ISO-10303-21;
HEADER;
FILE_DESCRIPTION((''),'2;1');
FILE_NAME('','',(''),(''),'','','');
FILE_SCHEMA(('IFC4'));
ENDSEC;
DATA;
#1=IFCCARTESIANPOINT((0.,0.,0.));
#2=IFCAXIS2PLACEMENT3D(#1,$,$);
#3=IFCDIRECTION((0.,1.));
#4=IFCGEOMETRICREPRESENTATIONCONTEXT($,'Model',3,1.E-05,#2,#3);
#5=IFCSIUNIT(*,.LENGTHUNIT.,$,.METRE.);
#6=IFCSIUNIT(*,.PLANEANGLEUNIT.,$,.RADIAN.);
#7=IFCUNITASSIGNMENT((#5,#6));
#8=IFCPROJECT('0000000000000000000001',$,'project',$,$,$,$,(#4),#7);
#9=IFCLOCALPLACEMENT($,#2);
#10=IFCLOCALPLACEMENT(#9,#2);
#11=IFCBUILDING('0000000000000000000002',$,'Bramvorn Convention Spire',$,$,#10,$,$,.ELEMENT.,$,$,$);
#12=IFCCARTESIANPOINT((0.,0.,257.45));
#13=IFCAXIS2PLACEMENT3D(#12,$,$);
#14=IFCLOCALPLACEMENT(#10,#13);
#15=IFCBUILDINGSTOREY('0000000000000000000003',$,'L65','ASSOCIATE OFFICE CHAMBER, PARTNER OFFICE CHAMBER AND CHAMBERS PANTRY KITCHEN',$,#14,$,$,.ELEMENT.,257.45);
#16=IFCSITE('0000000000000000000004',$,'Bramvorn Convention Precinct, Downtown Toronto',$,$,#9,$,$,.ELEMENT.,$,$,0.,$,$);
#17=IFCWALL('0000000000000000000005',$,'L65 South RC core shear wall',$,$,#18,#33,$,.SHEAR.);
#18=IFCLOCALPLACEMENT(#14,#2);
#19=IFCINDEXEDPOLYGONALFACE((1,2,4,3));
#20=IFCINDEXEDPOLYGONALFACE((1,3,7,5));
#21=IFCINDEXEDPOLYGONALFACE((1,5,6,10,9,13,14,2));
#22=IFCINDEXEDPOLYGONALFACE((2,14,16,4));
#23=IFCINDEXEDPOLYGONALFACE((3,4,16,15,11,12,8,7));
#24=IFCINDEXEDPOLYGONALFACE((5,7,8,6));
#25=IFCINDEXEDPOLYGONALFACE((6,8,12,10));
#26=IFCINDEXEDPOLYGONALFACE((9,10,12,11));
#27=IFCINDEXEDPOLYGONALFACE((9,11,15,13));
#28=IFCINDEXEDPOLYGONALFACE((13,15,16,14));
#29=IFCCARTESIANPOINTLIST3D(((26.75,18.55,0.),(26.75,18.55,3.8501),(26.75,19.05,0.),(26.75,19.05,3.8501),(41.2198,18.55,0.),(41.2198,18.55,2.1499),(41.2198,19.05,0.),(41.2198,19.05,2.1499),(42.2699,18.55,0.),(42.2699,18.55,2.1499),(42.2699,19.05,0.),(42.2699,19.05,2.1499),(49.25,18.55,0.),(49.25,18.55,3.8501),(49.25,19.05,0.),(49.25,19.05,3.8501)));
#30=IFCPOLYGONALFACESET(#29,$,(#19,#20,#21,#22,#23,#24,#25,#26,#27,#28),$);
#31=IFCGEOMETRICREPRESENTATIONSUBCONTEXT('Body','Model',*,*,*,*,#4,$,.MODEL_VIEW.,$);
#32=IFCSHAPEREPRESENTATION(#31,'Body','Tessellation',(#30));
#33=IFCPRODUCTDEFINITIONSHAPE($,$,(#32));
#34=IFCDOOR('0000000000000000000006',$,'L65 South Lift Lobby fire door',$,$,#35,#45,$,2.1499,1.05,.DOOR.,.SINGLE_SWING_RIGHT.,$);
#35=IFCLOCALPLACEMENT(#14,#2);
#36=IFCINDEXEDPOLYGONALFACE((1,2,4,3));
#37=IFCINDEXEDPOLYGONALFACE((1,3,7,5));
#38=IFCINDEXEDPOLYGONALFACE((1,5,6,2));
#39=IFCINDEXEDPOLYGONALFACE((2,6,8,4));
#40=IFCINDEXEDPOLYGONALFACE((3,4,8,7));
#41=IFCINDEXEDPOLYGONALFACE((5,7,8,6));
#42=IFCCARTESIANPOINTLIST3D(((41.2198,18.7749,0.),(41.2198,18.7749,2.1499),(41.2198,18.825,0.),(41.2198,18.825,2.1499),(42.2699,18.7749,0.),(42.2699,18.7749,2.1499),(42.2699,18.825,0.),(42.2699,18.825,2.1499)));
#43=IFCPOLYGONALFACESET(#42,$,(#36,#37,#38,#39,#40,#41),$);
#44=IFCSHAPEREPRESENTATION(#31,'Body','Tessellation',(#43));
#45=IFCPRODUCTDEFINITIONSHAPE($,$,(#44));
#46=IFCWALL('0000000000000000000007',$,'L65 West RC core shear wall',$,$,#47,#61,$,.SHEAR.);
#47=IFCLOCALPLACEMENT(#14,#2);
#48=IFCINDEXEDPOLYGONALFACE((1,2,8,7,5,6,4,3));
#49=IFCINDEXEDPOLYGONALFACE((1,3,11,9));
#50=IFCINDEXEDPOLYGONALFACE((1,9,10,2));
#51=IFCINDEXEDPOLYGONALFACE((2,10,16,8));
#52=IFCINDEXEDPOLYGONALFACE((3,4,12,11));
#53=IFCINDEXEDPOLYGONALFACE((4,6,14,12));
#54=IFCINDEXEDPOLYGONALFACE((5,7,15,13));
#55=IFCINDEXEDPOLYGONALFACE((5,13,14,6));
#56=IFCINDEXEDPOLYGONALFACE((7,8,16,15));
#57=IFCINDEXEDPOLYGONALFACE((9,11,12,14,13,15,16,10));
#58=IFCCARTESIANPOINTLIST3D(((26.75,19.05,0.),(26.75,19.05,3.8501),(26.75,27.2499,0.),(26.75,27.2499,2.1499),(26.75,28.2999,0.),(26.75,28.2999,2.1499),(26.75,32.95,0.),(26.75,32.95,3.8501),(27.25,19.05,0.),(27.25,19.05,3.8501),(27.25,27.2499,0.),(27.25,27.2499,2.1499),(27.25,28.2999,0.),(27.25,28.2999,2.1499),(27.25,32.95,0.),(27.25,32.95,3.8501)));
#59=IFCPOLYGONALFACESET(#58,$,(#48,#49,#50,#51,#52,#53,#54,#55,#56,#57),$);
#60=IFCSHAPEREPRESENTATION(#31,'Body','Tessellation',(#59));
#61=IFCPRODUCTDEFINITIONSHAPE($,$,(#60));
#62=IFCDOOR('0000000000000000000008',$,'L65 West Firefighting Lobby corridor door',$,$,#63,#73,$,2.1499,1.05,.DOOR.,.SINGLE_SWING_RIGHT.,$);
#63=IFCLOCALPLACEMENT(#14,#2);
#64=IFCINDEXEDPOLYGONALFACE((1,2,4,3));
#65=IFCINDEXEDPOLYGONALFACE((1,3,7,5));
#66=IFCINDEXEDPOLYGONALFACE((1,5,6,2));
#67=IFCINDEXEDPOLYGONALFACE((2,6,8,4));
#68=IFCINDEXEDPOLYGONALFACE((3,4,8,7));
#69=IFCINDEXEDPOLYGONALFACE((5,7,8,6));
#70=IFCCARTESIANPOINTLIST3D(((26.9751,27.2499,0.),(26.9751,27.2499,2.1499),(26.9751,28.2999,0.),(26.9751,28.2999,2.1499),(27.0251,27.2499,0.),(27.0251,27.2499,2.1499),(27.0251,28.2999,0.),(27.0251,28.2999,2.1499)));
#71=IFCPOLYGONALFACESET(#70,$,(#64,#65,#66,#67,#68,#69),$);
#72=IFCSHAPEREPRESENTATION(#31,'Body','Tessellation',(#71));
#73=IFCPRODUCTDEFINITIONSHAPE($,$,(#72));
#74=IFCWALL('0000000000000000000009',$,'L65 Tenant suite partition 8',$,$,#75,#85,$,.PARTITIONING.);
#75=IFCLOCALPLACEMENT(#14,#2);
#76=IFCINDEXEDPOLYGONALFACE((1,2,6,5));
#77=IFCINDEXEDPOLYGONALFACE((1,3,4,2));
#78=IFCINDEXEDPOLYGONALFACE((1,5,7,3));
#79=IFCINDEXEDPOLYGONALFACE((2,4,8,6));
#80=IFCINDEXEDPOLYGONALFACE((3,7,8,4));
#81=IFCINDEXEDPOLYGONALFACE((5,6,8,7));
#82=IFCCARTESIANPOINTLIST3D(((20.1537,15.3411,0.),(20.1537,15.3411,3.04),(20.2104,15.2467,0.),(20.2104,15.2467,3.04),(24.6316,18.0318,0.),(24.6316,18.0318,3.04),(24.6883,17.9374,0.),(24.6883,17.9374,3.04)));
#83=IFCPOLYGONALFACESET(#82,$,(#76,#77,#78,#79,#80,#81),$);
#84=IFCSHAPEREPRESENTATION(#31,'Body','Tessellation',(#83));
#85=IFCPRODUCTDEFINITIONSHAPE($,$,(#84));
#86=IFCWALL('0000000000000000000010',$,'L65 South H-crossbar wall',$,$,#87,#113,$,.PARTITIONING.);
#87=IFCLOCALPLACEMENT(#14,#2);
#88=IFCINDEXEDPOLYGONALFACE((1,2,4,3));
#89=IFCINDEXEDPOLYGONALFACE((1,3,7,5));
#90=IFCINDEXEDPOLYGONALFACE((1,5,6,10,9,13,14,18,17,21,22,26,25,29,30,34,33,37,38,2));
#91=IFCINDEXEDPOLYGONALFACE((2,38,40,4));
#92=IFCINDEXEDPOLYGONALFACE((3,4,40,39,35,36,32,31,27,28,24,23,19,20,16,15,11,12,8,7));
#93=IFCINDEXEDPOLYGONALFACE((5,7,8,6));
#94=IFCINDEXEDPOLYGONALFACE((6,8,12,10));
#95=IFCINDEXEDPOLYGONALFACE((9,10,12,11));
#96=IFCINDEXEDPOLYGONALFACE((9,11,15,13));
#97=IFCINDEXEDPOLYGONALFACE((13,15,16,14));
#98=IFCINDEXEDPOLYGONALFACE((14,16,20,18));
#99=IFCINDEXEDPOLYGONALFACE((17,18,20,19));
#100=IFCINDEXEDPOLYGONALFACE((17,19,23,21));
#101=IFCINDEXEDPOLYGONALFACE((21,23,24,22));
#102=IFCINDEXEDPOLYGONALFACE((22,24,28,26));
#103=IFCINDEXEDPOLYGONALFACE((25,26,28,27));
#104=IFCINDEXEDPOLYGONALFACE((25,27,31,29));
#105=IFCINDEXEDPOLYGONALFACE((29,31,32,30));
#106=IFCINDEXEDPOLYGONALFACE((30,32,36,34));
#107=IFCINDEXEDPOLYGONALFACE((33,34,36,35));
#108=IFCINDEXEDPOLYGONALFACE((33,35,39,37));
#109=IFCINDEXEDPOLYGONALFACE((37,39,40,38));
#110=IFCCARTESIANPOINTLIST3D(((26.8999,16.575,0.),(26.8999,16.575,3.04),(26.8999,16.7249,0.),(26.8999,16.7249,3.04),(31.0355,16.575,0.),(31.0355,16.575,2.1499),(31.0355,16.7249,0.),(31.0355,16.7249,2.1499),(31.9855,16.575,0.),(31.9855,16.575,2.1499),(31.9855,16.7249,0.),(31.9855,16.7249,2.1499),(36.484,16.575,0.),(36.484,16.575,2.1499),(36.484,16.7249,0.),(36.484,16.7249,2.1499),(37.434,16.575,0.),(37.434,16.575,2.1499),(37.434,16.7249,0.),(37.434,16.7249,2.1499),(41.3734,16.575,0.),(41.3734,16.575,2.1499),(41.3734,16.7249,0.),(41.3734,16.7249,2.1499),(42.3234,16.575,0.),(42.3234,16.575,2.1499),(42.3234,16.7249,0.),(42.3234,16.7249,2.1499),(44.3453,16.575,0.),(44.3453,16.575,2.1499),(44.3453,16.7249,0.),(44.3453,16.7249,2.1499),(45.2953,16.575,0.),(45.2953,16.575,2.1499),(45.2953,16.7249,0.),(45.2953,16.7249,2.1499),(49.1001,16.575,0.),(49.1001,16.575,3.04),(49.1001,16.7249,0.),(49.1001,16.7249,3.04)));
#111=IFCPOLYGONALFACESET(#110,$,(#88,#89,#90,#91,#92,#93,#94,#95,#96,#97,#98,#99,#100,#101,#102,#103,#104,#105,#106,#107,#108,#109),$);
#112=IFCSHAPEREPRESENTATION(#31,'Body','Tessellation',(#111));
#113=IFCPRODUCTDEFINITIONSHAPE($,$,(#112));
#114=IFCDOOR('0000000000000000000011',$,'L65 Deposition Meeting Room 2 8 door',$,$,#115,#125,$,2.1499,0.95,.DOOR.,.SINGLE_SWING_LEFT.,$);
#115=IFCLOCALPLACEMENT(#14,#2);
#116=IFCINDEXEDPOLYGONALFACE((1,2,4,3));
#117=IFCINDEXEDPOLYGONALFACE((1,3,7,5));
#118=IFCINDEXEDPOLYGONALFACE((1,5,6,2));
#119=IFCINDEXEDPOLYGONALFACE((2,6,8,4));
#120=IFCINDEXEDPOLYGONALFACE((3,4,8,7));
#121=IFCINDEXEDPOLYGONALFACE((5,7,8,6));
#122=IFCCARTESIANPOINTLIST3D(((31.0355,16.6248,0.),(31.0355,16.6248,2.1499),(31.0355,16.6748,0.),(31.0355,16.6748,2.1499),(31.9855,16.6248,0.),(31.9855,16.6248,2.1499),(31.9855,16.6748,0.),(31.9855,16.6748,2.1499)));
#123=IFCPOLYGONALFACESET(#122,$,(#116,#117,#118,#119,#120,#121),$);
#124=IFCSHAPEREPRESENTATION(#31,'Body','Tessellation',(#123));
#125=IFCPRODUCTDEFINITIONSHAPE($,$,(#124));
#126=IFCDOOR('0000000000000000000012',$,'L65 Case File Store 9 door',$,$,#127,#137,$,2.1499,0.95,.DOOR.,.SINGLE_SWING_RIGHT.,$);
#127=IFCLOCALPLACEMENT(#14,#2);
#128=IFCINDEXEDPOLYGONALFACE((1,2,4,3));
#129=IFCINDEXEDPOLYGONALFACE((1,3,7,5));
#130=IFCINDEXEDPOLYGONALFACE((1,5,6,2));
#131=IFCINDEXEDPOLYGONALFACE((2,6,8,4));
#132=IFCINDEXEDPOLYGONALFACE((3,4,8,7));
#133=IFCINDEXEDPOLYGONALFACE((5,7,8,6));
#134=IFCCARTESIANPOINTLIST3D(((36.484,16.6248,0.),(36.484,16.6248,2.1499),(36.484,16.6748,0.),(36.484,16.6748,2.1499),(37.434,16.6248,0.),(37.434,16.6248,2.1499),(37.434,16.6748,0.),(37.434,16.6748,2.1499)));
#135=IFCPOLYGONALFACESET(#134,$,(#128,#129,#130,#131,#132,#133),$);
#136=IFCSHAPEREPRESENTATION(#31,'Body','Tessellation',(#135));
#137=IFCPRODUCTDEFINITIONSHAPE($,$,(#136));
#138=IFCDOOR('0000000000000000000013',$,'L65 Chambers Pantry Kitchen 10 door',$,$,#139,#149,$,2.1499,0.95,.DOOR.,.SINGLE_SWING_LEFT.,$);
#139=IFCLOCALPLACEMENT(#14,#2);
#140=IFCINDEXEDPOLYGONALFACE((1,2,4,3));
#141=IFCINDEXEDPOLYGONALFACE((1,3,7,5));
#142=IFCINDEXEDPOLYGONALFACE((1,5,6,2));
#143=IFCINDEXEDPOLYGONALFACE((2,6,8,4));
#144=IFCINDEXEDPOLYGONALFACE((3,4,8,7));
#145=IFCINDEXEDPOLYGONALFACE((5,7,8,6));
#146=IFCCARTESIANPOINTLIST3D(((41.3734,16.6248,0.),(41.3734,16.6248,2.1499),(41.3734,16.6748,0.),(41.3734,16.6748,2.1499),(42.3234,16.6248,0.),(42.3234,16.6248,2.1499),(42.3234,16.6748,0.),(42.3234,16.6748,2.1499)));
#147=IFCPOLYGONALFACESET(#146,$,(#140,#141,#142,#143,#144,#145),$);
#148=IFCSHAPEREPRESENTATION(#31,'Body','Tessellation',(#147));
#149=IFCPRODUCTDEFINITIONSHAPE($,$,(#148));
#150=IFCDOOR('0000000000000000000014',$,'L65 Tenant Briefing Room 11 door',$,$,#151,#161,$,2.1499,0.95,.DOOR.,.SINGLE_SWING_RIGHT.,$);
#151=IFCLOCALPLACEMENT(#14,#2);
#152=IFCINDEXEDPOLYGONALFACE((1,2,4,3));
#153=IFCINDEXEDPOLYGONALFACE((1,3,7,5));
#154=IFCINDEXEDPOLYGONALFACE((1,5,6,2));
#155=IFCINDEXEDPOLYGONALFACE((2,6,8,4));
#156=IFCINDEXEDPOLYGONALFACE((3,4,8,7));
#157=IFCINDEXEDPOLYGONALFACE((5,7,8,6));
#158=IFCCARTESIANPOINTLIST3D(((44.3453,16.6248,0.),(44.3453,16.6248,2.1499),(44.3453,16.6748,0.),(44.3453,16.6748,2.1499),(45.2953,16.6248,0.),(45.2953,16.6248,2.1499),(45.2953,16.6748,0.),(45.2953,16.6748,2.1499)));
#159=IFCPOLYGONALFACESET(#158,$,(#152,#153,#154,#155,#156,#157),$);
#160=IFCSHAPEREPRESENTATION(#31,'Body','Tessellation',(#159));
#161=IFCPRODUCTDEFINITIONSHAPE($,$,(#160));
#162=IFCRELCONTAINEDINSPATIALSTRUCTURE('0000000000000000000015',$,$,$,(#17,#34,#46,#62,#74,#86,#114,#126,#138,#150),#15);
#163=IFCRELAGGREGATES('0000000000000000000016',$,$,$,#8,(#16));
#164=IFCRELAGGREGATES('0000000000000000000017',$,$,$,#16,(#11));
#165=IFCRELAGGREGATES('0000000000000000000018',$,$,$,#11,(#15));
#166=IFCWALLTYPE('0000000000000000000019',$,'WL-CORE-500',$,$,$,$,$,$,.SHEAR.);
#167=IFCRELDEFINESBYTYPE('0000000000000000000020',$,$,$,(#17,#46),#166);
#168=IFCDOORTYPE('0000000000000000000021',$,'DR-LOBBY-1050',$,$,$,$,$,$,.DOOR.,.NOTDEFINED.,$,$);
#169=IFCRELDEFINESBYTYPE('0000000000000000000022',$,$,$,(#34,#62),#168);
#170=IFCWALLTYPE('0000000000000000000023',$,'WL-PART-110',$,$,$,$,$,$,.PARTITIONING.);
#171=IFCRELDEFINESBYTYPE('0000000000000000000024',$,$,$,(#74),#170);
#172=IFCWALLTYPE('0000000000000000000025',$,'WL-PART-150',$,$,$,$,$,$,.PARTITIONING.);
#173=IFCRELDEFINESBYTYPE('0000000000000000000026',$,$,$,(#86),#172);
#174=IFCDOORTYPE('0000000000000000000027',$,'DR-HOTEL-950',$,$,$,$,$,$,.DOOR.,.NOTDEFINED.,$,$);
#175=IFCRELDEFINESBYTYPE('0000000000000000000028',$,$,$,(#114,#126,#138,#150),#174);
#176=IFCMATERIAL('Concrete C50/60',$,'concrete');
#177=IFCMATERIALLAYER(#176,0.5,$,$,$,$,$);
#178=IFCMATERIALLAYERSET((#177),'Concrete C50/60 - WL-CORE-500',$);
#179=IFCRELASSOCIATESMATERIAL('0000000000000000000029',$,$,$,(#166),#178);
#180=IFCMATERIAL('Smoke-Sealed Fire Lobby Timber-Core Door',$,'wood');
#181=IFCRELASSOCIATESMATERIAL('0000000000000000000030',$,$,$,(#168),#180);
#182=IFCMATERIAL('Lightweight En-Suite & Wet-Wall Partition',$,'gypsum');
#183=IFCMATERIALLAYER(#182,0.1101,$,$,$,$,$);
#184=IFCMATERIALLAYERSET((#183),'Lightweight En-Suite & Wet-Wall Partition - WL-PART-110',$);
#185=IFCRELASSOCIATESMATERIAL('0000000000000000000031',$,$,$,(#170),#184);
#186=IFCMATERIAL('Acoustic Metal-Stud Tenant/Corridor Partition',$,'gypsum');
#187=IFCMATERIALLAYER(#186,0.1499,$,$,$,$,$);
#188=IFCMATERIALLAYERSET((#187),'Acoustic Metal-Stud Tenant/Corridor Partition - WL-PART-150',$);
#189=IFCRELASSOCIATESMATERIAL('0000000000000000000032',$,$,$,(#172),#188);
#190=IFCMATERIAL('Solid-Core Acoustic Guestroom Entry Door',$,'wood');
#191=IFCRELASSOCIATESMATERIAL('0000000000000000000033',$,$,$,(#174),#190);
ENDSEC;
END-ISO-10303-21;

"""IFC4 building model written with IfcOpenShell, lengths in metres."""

from ifc_helpers import new_model, si_unit, direction, frame, frame_2d, origin, place, context, subcontext, project, spatial, rectangle, extrude, material, layer, layer_set, type_object, element, fill, save


model = new_model("IFC4")

# Units and contexts
model_context = context("Model", 3, precision=1e-05, world=origin(), true_north=direction((0.0, 1.0)))
body_context = subcontext(model_context, "Body", "Model", "MODEL_VIEW")
ifc_project = project(units=[si_unit("LENGTHUNIT", "METRE"), si_unit("PLANEANGLEUNIT", "RADIAN")], contexts=[model_context])

# Site, building, storey
site_placement = place(None, origin())
site = spatial("IfcSite", under=ifc_project, at=site_placement, Name="Bramvorn Convention Precinct, Downtown Toronto", CompositionType="ELEMENT", RefElevation=0.0)
building_placement = place(site_placement, origin())
building = spatial("IfcBuilding", under=site, at=building_placement, Name="Bramvorn Convention Spire", CompositionType="ELEMENT")
storey_placement = place(building_placement, frame((0.0, 0.0, 257.45)))
storey = spatial("IfcBuildingStorey", under=building, at=storey_placement, Name="L65", Description="ASSOCIATE OFFICE CHAMBER, PARTNER OFFICE CHAMBER AND CHAMBERS PANTRY KITCHEN", CompositionType="ELEMENT", Elevation=257.45)

# Walls, openings, doors
ifc_material_1 = material(Name="Concrete C50/60", Category="concrete")
ifc_layer_1 = layer(ifc_material_1, 0.5)
ifc_layer_set_1 = layer_set([ifc_layer_1], Name="Concrete C50/60 - WL-CORE-500")
wall_type_1 = type_object("IfcWallType", Name="WL-CORE-500", PredefinedType="SHEAR", material=ifc_layer_set_1)
wall_1_placement = place(storey_placement, frame((26.75, 18.8, 0.0), z_axis=(0.0, 0.0, 1.0), x_axis=(1.0, 0.0, 0.0)))
wall_1 = element("IfcWall", 1, at=wall_1_placement, inside=storey, type_object=wall_type_1, Name="L65 South RC core shear wall", PredefinedType="SHEAR", context=body_context, shape_type="SweptSolid", body=[
    extrude(rectangle(XDim=22.5, YDim=0.5, at=frame_2d((11.25, 0.0))), origin(), (0.0, 0.0, 1.0), 3.8501),
])
opening_1_placement = place(wall_1_placement, frame((14.47, 0.0, 0.0)))
opening_1 = element("IfcOpeningElement", 2, at=opening_1_placement, cuts=wall_1, PredefinedType="OPENING", context=body_context, shape_type="SweptSolid", body=[
    extrude(rectangle(XDim=1.05, YDim=2.1499, at=frame_2d((0.5249, 1.075))), frame((0.0, 0.26, 0.0), z_axis=(0.0, -1.0, 0.0), x_axis=(1.0, 0.0, 0.0)), (0.0, 0.0, 1.0), 0.52),
])
ifc_material_2 = material(Name="Smoke-Sealed Fire Lobby Timber-Core Door", Category="wood")
door_type_1 = type_object("IfcDoorType", Name="DR-LOBBY-1050", OperationType="NOTDEFINED", PredefinedType="DOOR", material=ifc_material_2)
door_1_placement = place(opening_1_placement, origin())
door_1 = element("IfcDoor", 3, at=door_1_placement, inside=storey, type_object=door_type_1, Name="L65 South Lift Lobby fire door", OperationType="SINGLE_SWING_RIGHT", OverallHeight=2.1499, OverallWidth=1.05, PredefinedType="DOOR", context=body_context, shape_type="SweptSolid", body=[
    extrude(rectangle(XDim=1.05, YDim=2.1499, at=frame_2d((0.5249, 1.075))), frame((0.0, 0.0249, 0.0), z_axis=(0.0, -1.0, 0.0), x_axis=(1.0, 0.0, 0.0)), (0.0, 0.0, 1.0), 0.05),
])
fill(opening_1, door_1)
wall_2_placement = place(storey_placement, frame((27.0, 19.05, 0.0), z_axis=(0.0, 0.0, 1.0), x_axis=(0.0, 1.0, 0.0)))
wall_2 = element("IfcWall", 4, at=wall_2_placement, inside=storey, type_object=wall_type_1, Name="L65 West RC core shear wall", PredefinedType="SHEAR", context=body_context, shape_type="SweptSolid", body=[
    extrude(rectangle(XDim=13.8999, YDim=0.5, at=frame_2d((6.95, 0.0))), origin(), (0.0, 0.0, 1.0), 3.8501),
])
opening_2_placement = place(wall_2_placement, frame((8.2, 0.0, 0.0)))
opening_2 = element("IfcOpeningElement", 5, at=opening_2_placement, cuts=wall_2, PredefinedType="OPENING", context=body_context, shape_type="SweptSolid", body=[
    extrude(rectangle(XDim=1.05, YDim=2.1499, at=frame_2d((0.5249, 1.075))), frame((0.0, 0.26, 0.0), z_axis=(0.0, -1.0, 0.0), x_axis=(1.0, 0.0, 0.0)), (0.0, 0.0, 1.0), 0.52),
])
door_2_placement = place(opening_2_placement, origin())
door_2 = element("IfcDoor", 6, at=door_2_placement, inside=storey, type_object=door_type_1, Name="L65 West Firefighting Lobby corridor door", OperationType="SINGLE_SWING_RIGHT", OverallHeight=2.1499, OverallWidth=1.05, PredefinedType="DOOR", context=body_context, shape_type="SweptSolid", body=[
    extrude(rectangle(XDim=1.05, YDim=2.1499, at=frame_2d((0.5249, 1.075))), frame((0.0, 0.0249, 0.0), z_axis=(0.0, -1.0, 0.0), x_axis=(1.0, 0.0, 0.0)), (0.0, 0.0, 1.0), 0.05),
])
fill(opening_2, door_2)

# Wall
ifc_material_3 = material(Name="Lightweight En-Suite & Wet-Wall Partition", Category="gypsum")
ifc_layer_2 = layer(ifc_material_3, 0.1101)
ifc_layer_set_2 = layer_set([ifc_layer_2], Name="Lightweight En-Suite & Wet-Wall Partition - WL-PART-110")
wall_type_2 = type_object("IfcWallType", Name="WL-PART-110", PredefinedType="PARTITIONING", material=ifc_layer_set_2)
wall_3_placement = place(storey_placement, frame((24.6599, 17.9846, 0.0), z_axis=(0.0, 0.0, 1.0), x_axis=(-0.857155, -0.515059, 0.0)))
element("IfcWall", 7, at=wall_3_placement, inside=storey, type_object=wall_type_2, Name="L65 Tenant suite partition 8", PredefinedType="PARTITIONING", context=body_context, shape_type="SweptSolid", body=[
    extrude(rectangle(XDim=5.2241, YDim=0.1101, at=frame_2d((2.6121, 0.0))), origin(), (0.0, 0.0, 1.0), 3.04),
])

# Wall, openings, doors
ifc_material_4 = material(Name="Acoustic Metal-Stud Tenant/Corridor Partition", Category="gypsum")
ifc_layer_3 = layer(ifc_material_4, 0.1499)
ifc_layer_set_3 = layer_set([ifc_layer_3], Name="Acoustic Metal-Stud Tenant/Corridor Partition - WL-PART-150")
wall_type_3 = type_object("IfcWallType", Name="WL-PART-150", PredefinedType="PARTITIONING", material=ifc_layer_set_3)
wall_4_placement = place(storey_placement, frame((26.8999, 16.6499, 0.0), z_axis=(0.0, 0.0, 1.0), x_axis=(1.0, 0.0, 0.0)))
wall_4 = element("IfcWall", 8, at=wall_4_placement, inside=storey, type_object=wall_type_3, Name="L65 South H-crossbar wall", PredefinedType="PARTITIONING", context=body_context, shape_type="SweptSolid", body=[
    extrude(rectangle(XDim=22.2002, YDim=0.1499, at=frame_2d((11.1001, 0.0))), origin(), (0.0, 0.0, 1.0), 3.04),
])
opening_3_placement = place(wall_4_placement, frame((4.1355, 0.0, 0.0)))
opening_3 = element("IfcOpeningElement", 9, at=opening_3_placement, cuts=wall_4, PredefinedType="OPENING", context=body_context, shape_type="SweptSolid", body=[
    extrude(rectangle(XDim=0.95, YDim=2.1499, at=frame_2d((0.4751, 1.075))), frame((0.0, 0.085, 0.0), z_axis=(0.0, -1.0, 0.0), x_axis=(1.0, 0.0, 0.0)), (0.0, 0.0, 1.0), 0.1699),
])
opening_4_placement = place(wall_4_placement, frame((9.584, 0.0, 0.0)))
opening_4 = element("IfcOpeningElement", 10, at=opening_4_placement, cuts=wall_4, PredefinedType="OPENING", context=body_context, shape_type="SweptSolid", body=[
    extrude(rectangle(XDim=0.95, YDim=2.1499, at=frame_2d((0.4751, 1.075))), frame((0.0, 0.085, 0.0), z_axis=(0.0, -1.0, 0.0), x_axis=(1.0, 0.0, 0.0)), (0.0, 0.0, 1.0), 0.1699),
])
opening_5_placement = place(wall_4_placement, frame((14.4734, 0.0, 0.0)))
opening_5 = element("IfcOpeningElement", 11, at=opening_5_placement, cuts=wall_4, PredefinedType="OPENING", context=body_context, shape_type="SweptSolid", body=[
    extrude(rectangle(XDim=0.95, YDim=2.1499, at=frame_2d((0.4751, 1.075))), frame((0.0, 0.085, 0.0), z_axis=(0.0, -1.0, 0.0), x_axis=(1.0, 0.0, 0.0)), (0.0, 0.0, 1.0), 0.1699),
])
opening_6_placement = place(wall_4_placement, frame((17.4453, 0.0, 0.0)))
opening_6 = element("IfcOpeningElement", 12, at=opening_6_placement, cuts=wall_4, PredefinedType="OPENING", context=body_context, shape_type="SweptSolid", body=[
    extrude(rectangle(XDim=0.95, YDim=2.1499, at=frame_2d((0.4751, 1.075))), frame((0.0, 0.085, 0.0), z_axis=(0.0, -1.0, 0.0), x_axis=(1.0, 0.0, 0.0)), (0.0, 0.0, 1.0), 0.1699),
])
ifc_material_5 = material(Name="Solid-Core Acoustic Guestroom Entry Door", Category="wood")
door_type_2 = type_object("IfcDoorType", Name="DR-HOTEL-950", OperationType="NOTDEFINED", PredefinedType="DOOR", material=ifc_material_5)
door_3_placement = place(opening_3_placement, origin())
door_3 = element("IfcDoor", 13, at=door_3_placement, inside=storey, type_object=door_type_2, Name="L65 Deposition Meeting Room 2 8 door", OperationType="SINGLE_SWING_LEFT", OverallHeight=2.1499, OverallWidth=0.95, PredefinedType="DOOR", context=body_context, shape_type="SweptSolid", body=[
    extrude(rectangle(XDim=0.95, YDim=2.1499, at=frame_2d((0.4751, 1.075))), frame((0.0, 0.0249, 0.0), z_axis=(0.0, -1.0, 0.0), x_axis=(1.0, 0.0, 0.0)), (0.0, 0.0, 1.0), 0.05),
])
fill(opening_3, door_3)
door_4_placement = place(opening_4_placement, origin())
door_4 = element("IfcDoor", 14, at=door_4_placement, inside=storey, type_object=door_type_2, Name="L65 Case File Store 9 door", OperationType="SINGLE_SWING_RIGHT", OverallHeight=2.1499, OverallWidth=0.95, PredefinedType="DOOR", context=body_context, shape_type="SweptSolid", body=[
    extrude(rectangle(XDim=0.95, YDim=2.1499, at=frame_2d((0.4751, 1.075))), frame((0.0, 0.0249, 0.0), z_axis=(0.0, -1.0, 0.0), x_axis=(1.0, 0.0, 0.0)), (0.0, 0.0, 1.0), 0.05),
])
fill(opening_4, door_4)
door_5_placement = place(opening_5_placement, origin())
door_5 = element("IfcDoor", 15, at=door_5_placement, inside=storey, type_object=door_type_2, Name="L65 Chambers Pantry Kitchen 10 door", OperationType="SINGLE_SWING_LEFT", OverallHeight=2.1499, OverallWidth=0.95, PredefinedType="DOOR", context=body_context, shape_type="SweptSolid", body=[
    extrude(rectangle(XDim=0.95, YDim=2.1499, at=frame_2d((0.4751, 1.075))), frame((0.0, 0.0249, 0.0), z_axis=(0.0, -1.0, 0.0), x_axis=(1.0, 0.0, 0.0)), (0.0, 0.0, 1.0), 0.05),
])
fill(opening_5, door_5)
door_6_placement = place(opening_6_placement, origin())
door_6 = element("IfcDoor", 16, at=door_6_placement, inside=storey, type_object=door_type_2, Name="L65 Tenant Briefing Room 11 door", OperationType="SINGLE_SWING_RIGHT", OverallHeight=2.1499, OverallWidth=0.95, PredefinedType="DOOR", context=body_context, shape_type="SweptSolid", body=[
    extrude(rectangle(XDim=0.95, YDim=2.1499, at=frame_2d((0.4751, 1.075))), frame((0.0, 0.0249, 0.0), z_axis=(0.0, -1.0, 0.0), x_axis=(1.0, 0.0, 0.0)), (0.0, 0.0, 1.0), 0.05),
])
fill(opening_6, door_6)

save(model, "model.ifc")
